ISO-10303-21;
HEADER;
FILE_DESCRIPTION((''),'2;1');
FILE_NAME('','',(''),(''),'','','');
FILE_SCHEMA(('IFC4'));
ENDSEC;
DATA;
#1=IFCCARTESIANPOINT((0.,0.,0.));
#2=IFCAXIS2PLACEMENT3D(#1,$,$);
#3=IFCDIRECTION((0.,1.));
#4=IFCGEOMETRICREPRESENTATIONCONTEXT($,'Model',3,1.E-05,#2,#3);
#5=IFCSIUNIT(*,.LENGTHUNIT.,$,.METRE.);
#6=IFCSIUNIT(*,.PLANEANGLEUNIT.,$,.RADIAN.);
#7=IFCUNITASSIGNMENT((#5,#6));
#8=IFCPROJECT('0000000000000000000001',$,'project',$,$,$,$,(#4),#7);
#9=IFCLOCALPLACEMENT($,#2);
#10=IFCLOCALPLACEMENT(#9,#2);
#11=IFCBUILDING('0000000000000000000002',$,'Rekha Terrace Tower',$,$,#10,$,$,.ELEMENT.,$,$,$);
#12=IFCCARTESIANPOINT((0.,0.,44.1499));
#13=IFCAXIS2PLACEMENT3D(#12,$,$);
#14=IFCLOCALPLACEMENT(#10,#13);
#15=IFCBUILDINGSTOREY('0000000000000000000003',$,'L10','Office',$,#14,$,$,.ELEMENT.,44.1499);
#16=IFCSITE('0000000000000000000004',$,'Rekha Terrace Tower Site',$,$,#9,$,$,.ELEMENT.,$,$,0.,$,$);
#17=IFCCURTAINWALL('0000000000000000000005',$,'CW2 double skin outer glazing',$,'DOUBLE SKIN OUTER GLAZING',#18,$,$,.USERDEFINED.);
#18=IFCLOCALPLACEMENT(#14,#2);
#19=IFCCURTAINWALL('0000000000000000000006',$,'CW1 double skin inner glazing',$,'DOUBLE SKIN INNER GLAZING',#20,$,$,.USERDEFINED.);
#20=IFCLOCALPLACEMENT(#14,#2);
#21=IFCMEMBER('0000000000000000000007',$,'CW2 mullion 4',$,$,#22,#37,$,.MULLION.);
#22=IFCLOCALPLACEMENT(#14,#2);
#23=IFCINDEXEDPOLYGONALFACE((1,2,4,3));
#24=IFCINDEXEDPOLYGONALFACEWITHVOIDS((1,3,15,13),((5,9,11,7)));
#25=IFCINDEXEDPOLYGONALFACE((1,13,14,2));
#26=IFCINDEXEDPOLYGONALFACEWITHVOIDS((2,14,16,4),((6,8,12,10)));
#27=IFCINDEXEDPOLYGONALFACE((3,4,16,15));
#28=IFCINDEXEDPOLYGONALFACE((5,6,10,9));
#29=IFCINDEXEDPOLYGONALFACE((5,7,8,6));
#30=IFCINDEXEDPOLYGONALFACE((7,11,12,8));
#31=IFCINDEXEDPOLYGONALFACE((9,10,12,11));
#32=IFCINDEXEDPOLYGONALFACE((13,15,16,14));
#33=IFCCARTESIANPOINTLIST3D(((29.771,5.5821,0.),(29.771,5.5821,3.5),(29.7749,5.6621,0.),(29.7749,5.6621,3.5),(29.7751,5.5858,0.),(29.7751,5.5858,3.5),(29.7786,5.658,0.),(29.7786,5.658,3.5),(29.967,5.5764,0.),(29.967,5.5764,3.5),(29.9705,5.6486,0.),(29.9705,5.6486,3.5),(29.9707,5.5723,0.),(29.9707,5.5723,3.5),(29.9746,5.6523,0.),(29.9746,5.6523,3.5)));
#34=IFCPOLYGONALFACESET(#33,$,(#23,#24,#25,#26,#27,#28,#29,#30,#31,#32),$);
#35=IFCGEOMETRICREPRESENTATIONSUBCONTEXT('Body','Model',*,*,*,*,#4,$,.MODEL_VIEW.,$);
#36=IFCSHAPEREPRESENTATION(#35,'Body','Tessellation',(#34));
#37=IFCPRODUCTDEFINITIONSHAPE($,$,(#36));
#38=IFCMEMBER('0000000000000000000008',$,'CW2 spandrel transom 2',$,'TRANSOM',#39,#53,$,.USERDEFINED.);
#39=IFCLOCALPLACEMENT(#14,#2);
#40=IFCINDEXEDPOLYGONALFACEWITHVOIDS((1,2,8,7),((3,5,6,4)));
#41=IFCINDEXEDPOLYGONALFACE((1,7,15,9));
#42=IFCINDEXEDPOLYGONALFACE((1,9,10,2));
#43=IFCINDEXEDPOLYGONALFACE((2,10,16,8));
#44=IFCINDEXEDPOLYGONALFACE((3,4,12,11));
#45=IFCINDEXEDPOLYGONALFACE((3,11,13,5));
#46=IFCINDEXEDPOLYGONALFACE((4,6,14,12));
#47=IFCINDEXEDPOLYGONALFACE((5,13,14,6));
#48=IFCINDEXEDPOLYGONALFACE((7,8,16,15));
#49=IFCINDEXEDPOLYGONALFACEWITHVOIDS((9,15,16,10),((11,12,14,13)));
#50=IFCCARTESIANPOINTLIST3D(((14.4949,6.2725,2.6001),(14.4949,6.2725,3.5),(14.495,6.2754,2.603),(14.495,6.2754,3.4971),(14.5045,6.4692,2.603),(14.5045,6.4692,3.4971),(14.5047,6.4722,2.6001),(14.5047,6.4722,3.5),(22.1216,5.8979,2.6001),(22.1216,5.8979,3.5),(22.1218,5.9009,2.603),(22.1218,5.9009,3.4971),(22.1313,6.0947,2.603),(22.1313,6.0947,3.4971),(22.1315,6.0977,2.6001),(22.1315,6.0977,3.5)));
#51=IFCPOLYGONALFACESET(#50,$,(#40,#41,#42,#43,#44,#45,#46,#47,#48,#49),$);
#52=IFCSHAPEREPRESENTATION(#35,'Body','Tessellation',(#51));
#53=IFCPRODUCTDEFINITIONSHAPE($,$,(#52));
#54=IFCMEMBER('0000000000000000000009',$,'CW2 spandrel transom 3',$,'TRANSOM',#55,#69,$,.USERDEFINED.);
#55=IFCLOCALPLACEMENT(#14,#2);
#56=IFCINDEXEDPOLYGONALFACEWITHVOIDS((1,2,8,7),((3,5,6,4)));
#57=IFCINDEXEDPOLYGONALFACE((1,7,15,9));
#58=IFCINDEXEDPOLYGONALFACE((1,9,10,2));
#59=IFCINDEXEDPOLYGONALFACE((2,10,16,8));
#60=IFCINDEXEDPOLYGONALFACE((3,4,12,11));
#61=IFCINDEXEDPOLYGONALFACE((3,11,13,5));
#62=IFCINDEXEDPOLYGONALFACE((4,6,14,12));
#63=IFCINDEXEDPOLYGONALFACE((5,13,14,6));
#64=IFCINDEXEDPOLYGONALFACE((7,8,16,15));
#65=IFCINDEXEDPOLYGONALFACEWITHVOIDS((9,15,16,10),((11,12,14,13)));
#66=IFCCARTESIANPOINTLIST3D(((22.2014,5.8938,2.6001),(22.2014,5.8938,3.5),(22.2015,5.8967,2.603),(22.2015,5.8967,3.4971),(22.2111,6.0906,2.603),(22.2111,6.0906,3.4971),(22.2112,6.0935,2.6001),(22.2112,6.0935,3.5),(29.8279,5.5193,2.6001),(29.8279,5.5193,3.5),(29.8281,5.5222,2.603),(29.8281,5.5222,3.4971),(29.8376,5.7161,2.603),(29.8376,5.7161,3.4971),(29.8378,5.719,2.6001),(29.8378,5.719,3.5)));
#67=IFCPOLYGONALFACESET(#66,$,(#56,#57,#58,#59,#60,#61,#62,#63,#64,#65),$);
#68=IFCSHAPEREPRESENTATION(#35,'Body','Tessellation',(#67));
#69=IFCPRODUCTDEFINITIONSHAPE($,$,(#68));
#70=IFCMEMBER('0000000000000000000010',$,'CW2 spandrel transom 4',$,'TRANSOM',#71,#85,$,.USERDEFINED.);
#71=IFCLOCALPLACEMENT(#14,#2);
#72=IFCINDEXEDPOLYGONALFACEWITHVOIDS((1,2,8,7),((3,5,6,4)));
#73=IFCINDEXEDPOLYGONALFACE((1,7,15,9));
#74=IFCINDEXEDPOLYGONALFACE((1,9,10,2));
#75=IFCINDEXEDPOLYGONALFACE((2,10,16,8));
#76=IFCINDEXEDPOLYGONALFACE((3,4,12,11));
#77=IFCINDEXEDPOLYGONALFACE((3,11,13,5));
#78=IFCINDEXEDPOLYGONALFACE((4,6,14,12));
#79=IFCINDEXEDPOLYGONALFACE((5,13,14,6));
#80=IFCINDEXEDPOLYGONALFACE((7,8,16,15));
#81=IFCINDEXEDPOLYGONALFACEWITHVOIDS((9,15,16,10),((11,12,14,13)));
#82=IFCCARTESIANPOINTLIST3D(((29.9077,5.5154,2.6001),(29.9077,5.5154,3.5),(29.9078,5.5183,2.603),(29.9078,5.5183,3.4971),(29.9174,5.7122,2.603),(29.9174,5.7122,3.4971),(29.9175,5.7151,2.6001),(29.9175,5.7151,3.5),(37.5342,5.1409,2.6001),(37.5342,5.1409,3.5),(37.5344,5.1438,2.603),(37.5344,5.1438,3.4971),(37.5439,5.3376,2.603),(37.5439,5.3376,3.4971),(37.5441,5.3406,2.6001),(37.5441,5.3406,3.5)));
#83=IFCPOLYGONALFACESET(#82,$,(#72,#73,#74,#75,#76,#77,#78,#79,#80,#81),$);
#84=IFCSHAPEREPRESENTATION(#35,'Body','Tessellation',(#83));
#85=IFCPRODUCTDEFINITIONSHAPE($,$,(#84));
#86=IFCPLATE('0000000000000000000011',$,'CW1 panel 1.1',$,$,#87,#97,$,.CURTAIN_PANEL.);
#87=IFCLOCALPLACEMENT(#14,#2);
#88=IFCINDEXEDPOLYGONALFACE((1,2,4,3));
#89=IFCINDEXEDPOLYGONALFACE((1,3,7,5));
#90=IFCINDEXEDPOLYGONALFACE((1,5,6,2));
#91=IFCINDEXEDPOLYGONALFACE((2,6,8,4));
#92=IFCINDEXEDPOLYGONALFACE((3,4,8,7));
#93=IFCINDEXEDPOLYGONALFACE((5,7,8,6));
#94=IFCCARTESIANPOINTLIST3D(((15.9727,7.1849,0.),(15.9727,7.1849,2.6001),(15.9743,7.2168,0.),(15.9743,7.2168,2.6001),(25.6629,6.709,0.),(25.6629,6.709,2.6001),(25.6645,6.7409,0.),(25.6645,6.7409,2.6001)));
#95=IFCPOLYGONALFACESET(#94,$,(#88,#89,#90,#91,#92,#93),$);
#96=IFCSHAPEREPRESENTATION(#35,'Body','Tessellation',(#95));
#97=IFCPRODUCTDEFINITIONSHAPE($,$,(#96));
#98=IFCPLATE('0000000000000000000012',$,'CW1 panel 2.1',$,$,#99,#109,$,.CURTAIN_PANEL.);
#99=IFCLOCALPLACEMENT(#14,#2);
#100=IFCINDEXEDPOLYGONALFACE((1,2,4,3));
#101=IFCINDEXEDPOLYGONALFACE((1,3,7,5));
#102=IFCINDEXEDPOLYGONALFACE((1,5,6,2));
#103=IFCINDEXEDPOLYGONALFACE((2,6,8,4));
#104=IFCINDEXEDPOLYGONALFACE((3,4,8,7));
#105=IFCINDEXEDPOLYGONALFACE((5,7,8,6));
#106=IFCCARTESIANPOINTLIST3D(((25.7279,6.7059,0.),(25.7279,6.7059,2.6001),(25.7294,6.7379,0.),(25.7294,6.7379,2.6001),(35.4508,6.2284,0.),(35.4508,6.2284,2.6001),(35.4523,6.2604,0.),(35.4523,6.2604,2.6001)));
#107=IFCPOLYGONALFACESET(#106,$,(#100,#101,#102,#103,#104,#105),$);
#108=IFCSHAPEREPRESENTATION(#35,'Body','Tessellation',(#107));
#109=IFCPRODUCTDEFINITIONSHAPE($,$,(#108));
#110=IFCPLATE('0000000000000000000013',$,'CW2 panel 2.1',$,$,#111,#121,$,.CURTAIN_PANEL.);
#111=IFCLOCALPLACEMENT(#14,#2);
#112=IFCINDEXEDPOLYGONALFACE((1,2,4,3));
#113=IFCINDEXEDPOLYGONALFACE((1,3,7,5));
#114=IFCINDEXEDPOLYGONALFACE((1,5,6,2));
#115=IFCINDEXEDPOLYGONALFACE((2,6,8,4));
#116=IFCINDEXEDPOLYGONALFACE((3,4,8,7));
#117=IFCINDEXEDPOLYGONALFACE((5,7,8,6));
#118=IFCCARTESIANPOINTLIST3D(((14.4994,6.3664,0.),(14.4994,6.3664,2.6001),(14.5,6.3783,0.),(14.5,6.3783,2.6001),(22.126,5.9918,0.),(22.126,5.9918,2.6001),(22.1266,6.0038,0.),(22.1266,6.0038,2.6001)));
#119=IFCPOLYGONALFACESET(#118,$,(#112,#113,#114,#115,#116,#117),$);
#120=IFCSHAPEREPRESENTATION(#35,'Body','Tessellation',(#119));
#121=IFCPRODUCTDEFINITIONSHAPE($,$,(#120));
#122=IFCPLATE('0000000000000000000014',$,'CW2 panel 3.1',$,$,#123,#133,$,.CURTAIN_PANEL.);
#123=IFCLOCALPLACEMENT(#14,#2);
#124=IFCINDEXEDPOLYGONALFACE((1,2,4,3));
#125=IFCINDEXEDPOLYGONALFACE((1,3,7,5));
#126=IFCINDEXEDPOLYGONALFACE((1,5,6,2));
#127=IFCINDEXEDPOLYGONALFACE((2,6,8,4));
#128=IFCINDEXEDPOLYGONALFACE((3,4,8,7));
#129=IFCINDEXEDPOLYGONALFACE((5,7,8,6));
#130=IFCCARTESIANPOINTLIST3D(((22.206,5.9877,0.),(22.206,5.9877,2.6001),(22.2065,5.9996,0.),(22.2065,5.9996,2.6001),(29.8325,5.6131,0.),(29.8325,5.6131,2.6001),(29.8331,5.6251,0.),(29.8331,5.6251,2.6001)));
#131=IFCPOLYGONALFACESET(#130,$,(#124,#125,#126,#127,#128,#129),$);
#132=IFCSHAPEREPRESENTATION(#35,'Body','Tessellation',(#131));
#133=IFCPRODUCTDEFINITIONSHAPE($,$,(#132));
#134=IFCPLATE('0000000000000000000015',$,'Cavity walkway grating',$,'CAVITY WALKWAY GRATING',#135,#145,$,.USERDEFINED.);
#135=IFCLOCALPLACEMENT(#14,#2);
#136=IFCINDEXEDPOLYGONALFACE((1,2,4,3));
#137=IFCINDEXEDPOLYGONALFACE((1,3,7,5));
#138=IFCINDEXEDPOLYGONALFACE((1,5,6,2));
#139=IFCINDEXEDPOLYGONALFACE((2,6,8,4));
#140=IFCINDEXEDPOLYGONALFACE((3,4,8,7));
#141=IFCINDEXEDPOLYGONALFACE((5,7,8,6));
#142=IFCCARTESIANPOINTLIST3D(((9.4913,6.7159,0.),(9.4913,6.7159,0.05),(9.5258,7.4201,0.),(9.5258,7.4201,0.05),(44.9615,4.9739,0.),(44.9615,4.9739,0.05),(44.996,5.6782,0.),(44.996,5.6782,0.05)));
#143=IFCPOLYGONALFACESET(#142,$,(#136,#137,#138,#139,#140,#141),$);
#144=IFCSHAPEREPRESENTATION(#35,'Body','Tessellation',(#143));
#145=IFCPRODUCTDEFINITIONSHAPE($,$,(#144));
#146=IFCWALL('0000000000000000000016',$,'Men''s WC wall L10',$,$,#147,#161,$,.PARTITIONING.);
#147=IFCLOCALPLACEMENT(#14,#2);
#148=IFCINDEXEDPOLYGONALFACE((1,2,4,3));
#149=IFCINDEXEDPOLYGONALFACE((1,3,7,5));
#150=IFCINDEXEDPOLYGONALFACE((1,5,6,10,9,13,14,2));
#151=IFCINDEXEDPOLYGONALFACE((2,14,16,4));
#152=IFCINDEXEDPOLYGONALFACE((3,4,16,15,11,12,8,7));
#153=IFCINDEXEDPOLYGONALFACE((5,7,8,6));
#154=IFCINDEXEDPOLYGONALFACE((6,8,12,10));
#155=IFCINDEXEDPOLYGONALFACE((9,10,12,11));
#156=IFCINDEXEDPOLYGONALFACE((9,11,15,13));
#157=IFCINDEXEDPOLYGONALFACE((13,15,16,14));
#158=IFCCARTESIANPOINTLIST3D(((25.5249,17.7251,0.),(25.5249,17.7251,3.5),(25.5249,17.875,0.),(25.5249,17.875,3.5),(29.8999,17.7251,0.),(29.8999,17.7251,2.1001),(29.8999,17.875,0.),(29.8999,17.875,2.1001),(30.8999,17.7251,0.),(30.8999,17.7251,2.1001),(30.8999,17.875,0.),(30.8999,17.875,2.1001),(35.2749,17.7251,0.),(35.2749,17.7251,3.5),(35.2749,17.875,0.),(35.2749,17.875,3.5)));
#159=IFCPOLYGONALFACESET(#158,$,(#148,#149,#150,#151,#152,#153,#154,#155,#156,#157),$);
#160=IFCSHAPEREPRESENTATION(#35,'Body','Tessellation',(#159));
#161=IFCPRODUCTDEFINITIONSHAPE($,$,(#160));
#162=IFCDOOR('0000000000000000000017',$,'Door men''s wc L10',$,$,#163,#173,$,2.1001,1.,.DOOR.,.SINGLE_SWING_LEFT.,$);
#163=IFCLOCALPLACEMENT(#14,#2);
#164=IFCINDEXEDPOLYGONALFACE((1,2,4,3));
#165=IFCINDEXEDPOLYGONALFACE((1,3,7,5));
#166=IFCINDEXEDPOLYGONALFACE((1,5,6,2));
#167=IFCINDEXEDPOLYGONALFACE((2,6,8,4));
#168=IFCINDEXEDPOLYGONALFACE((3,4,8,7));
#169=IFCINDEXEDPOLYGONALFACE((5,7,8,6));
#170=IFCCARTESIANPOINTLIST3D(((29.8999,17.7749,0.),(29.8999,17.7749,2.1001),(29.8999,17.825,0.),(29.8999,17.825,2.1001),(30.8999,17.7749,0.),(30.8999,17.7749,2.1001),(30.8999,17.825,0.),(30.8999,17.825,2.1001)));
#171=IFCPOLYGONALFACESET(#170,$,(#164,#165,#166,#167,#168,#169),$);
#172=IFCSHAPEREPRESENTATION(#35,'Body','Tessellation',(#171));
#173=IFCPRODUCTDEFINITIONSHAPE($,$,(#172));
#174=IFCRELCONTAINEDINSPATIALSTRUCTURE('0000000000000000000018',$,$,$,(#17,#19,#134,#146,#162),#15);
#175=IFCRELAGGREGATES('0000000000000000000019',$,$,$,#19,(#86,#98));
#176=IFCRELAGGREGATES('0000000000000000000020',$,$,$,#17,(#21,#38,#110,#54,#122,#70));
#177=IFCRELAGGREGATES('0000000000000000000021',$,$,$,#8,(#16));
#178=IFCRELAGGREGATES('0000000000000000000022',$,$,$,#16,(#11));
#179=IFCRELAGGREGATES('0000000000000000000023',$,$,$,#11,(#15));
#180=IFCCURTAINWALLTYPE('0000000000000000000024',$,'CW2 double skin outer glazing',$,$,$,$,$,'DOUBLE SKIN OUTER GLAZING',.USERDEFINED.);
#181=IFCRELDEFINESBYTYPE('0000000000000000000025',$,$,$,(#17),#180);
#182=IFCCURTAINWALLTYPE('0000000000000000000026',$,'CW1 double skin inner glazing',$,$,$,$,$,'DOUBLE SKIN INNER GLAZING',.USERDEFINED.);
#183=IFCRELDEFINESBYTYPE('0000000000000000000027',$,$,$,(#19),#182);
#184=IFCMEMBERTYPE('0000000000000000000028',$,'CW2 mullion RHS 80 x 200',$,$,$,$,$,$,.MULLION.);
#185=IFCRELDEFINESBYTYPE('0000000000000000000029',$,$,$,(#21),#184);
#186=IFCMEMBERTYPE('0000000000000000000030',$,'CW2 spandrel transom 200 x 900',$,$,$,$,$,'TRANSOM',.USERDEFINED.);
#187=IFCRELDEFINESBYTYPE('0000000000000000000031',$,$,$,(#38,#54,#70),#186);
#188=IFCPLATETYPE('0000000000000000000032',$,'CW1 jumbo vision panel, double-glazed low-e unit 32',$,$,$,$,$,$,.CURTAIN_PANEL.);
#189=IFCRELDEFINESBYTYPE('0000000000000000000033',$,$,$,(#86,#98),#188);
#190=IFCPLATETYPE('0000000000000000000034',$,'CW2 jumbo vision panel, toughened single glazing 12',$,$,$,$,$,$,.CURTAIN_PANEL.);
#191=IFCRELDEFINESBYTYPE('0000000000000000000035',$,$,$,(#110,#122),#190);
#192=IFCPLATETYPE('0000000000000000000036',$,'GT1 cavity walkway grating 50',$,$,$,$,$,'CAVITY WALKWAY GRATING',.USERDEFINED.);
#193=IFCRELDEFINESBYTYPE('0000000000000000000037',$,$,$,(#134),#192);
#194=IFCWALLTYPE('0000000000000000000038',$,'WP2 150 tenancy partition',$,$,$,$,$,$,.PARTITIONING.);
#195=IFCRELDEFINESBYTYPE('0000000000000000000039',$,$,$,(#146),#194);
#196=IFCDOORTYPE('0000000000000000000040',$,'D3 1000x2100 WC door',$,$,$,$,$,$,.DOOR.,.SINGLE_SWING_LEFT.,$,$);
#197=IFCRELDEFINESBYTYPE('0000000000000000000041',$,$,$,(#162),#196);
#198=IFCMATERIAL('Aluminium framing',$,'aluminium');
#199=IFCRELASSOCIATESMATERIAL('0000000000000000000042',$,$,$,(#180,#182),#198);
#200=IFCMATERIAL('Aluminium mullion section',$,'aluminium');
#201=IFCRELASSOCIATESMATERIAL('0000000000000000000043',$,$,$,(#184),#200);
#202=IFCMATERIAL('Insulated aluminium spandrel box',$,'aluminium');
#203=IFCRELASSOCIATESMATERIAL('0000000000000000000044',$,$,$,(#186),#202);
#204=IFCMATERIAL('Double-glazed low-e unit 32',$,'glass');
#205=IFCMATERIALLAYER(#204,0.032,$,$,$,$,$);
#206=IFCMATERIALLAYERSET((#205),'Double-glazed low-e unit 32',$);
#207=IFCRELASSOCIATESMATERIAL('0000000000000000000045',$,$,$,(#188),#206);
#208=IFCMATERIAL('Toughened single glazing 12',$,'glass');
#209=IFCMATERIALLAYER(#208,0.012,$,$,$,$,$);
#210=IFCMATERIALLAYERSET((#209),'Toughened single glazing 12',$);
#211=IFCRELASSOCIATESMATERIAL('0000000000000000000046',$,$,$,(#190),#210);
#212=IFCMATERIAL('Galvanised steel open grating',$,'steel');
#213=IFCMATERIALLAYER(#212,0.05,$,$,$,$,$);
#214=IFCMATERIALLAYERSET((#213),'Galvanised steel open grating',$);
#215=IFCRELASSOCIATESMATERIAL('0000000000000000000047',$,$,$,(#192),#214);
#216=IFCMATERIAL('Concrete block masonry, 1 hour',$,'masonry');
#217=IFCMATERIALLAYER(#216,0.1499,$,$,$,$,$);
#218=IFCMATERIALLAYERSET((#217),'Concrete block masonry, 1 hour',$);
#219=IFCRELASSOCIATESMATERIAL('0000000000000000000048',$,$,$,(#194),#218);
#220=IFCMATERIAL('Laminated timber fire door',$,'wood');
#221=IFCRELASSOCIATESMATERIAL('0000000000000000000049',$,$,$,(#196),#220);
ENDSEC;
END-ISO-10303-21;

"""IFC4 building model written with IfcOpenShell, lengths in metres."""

from ifc_helpers import new_model, si_unit, direction, frame, frame_2d, origin, origin_2d, place, context, subcontext, project, spatial, rectangle, hollow_rectangle, extrude, material, layer, layer_set, material_profile, profile_set, type_object, element, fill, aggregate, save


model = new_model("IFC4")

# Units and contexts
model_context = context("Model", 3, precision=1e-05, world=origin(), true_north=direction((0.0, 1.0)))
body_context = subcontext(model_context, "Body", "Model", "MODEL_VIEW")
ifc_project = project(units=[si_unit("LENGTHUNIT", "METRE"), si_unit("PLANEANGLEUNIT", "RADIAN")], contexts=[model_context])

# Site, building, storey
site_placement = place(None, origin())
site = spatial("IfcSite", under=ifc_project, at=site_placement, Name="Rekha Terrace Tower Site", CompositionType="ELEMENT", RefElevation=0.0)
building_placement = place(site_placement, origin())
building = spatial("IfcBuilding", under=site, at=building_placement, Name="Rekha Terrace Tower", CompositionType="ELEMENT")
storey_placement = place(building_placement, frame((0.0, 0.0, 44.1499)))
storey = spatial("IfcBuildingStorey", under=building, at=storey_placement, Name="L10", Description="Office", CompositionType="ELEMENT", Elevation=44.1499)

# Curtain wall
ifc_material_1 = material(Name="Aluminium framing", Category="aluminium")
curtain_wall_type_1 = type_object("IfcCurtainWallType", Name="CW2 double skin outer glazing", ElementType="DOUBLE SKIN OUTER GLAZING", PredefinedType="USERDEFINED", material=ifc_material_1)
curtain_wall_1_placement = place(storey_placement, origin())
curtain_wall_1 = element("IfcCurtainWall", 1, at=curtain_wall_1_placement, inside=storey, type_object=curtain_wall_type_1, Name="CW2 double skin outer glazing", ObjectType="DOUBLE SKIN OUTER GLAZING", PredefinedType="USERDEFINED")

# Shared definitions
curtain_wall_type_2 = type_object("IfcCurtainWallType", Name="CW1 double skin inner glazing", ElementType="DOUBLE SKIN INNER GLAZING", PredefinedType="USERDEFINED", material=ifc_material_1)
ifc_material_2 = material(Name="Aluminium mullion section", Category="aluminium")

# Curtain wall
curtain_wall_2_placement = place(storey_placement, origin())
curtain_wall_2 = element("IfcCurtainWall", 2, at=curtain_wall_2_placement, inside=storey, type_object=curtain_wall_type_2, Name="CW1 double skin inner glazing", ObjectType="DOUBLE SKIN INNER GLAZING", PredefinedType="USERDEFINED")
ifc_material_3 = material(Name="Insulated aluminium spandrel box", Category="aluminium")

# Members
ifc_material_profile_1 = material_profile(ifc_material_2, hollow_rectangle(XDim=0.0801, YDim=0.2, WallThickness=0.0039, at=origin_2d()), Name="AL RHS 80x200")
ifc_profile_set_1 = profile_set([ifc_material_profile_1], Name="Aluminium mullion section")
member_type_1 = type_object("IfcMemberType", Name="CW2 mullion RHS 80 x 200", PredefinedType="MULLION", material=ifc_profile_set_1)
member_1_placement = place(storey_placement, frame((29.8728, 5.6172, 0.0), z_axis=(0.0, 0.0, 1.0), x_axis=(0.049052, 0.998796, 0.0)))
member_1 = element("IfcMember", 3, at=member_1_placement, type_object=member_type_1, Name="CW2 mullion 4", PredefinedType="MULLION", context=body_context, shape_type="SweptSolid", body=[
    extrude(hollow_rectangle(XDim=0.0801, YDim=0.2, WallThickness=0.0039, at=origin_2d()), origin(), (0.0, 0.0, 1.0), 3.5),
])
ifc_material_profile_2 = material_profile(ifc_material_3, hollow_rectangle(XDim=0.2, YDim=0.8999, WallThickness=0.0029, at=origin_2d()), Name="AL SPANDREL BOX 200x900")
ifc_profile_set_2 = profile_set([ifc_material_profile_2], Name="Insulated aluminium spandrel box")
member_type_2 = type_object("IfcMemberType", Name="CW2 spandrel transom 200 x 900", ElementType="TRANSOM", PredefinedType="USERDEFINED", material=ifc_profile_set_2)
member_2_placement = place(storey_placement, frame((14.4998, 6.3723, 3.05), z_axis=(0.998797, -0.049046, 0.0), x_axis=(0.049046, 0.998797, 0.0)))
member_2 = element("IfcMember", 4, at=member_2_placement, type_object=member_type_2, Name="CW2 spandrel transom 2", ObjectType="TRANSOM", PredefinedType="USERDEFINED", context=body_context, shape_type="SweptSolid", body=[
    extrude(hollow_rectangle(XDim=0.2, YDim=0.8999, WallThickness=0.0029, at=origin_2d()), origin(), (0.0, 0.0, 1.0), 7.636),
])
member_3_placement = place(storey_placement, frame((22.2063, 5.9937, 3.05), z_axis=(0.998796, -0.049048, 0.0), x_axis=(0.049048, 0.998796, 0.0)))
member_3 = element("IfcMember", 5, at=member_3_placement, type_object=member_type_2, Name="CW2 spandrel transom 3", ObjectType="TRANSOM", PredefinedType="USERDEFINED", context=body_context, shape_type="SweptSolid", body=[
    extrude(hollow_rectangle(XDim=0.2, YDim=0.8999, WallThickness=0.0029, at=origin_2d()), origin(), (0.0, 0.0, 1.0), 7.6357),
])
member_4_placement = place(storey_placement, frame((29.9126, 5.6152, 3.05), z_axis=(0.998796, -0.049048, 0.0), x_axis=(0.049048, 0.998796, 0.0)))
member_4 = element("IfcMember", 6, at=member_4_placement, type_object=member_type_2, Name="CW2 spandrel transom 4", ObjectType="TRANSOM", PredefinedType="USERDEFINED", context=body_context, shape_type="SweptSolid", body=[
    extrude(hollow_rectangle(XDim=0.2, YDim=0.8999, WallThickness=0.0029, at=origin_2d()), origin(), (0.0, 0.0, 1.0), 7.6357),
])

# Plates
ifc_material_4 = material(Name="Double-glazed low-e unit 32", Category="glass")
ifc_layer_1 = layer(ifc_material_4, 0.032)
ifc_layer_set_1 = layer_set([ifc_layer_1], Name="Double-glazed low-e unit 32")
plate_type_1 = type_object("IfcPlateType", Name="CW1 jumbo vision panel, double-glazed low-e unit 32", PredefinedType="CURTAIN_PANEL", material=ifc_layer_set_1)
plate_1_placement = place(storey_placement, frame((20.8186, 6.9629, 0.0), z_axis=(0.0, 0.0, 1.0), x_axis=(0.998796, -0.049052, 0.0)))
plate_1 = element("IfcPlate", 7, at=plate_1_placement, type_object=plate_type_1, Name="CW1 panel 1.1", PredefinedType="CURTAIN_PANEL", context=body_context, shape_type="SweptSolid", body=[
    extrude(rectangle(XDim=9.7019, YDim=0.032, at=origin_2d()), origin(), (0.0, 0.0, 1.0), 2.6001),
])
plate_2_placement = place(storey_placement, frame((30.5901, 6.4832, 0.0), z_axis=(0.0, 0.0, 1.0), x_axis=(0.998796, -0.049052, 0.0)))
plate_2 = element("IfcPlate", 8, at=plate_2_placement, type_object=plate_type_1, Name="CW1 panel 2.1", PredefinedType="CURTAIN_PANEL", context=body_context, shape_type="SweptSolid", body=[
    extrude(rectangle(XDim=9.7346, YDim=0.032, at=origin_2d()), origin(), (0.0, 0.0, 1.0), 2.6001),
])
aggregate(curtain_wall_2, [plate_1, plate_2])
ifc_material_5 = material(Name="Toughened single glazing 12", Category="glass")
ifc_layer_2 = layer(ifc_material_5, 0.012)
ifc_layer_set_2 = layer_set([ifc_layer_2], Name="Toughened single glazing 12")
plate_type_2 = type_object("IfcPlateType", Name="CW2 jumbo vision panel, toughened single glazing 12", PredefinedType="CURTAIN_PANEL", material=ifc_layer_set_2)
plate_3_placement = place(storey_placement, frame((18.313, 6.1851, 0.0), z_axis=(0.0, 0.0, 1.0), x_axis=(0.998796, -0.049052, 0.0)))
plate_3 = element("IfcPlate", 9, at=plate_3_placement, type_object=plate_type_2, Name="CW2 panel 2.1", PredefinedType="CURTAIN_PANEL", context=body_context, shape_type="SweptSolid", body=[
    extrude(rectangle(XDim=7.6357, YDim=0.012, at=origin_2d()), origin(), (0.0, 0.0, 1.0), 2.6001),
])
plate_4_placement = place(storey_placement, frame((26.0195, 5.8064, 0.0), z_axis=(0.0, 0.0, 1.0), x_axis=(0.998796, -0.049052, 0.0)))
plate_4 = element("IfcPlate", 10, at=plate_4_placement, type_object=plate_type_2, Name="CW2 panel 3.1", PredefinedType="CURTAIN_PANEL", context=body_context, shape_type="SweptSolid", body=[
    extrude(rectangle(XDim=7.6357, YDim=0.012, at=origin_2d()), origin(), (0.0, 0.0, 1.0), 2.6001),
])
aggregate(curtain_wall_1, [member_1, member_2, plate_3, member_3, plate_4, member_4])
ifc_material_6 = material(Name="Galvanised steel open grating", Category="steel")
ifc_layer_3 = layer(ifc_material_6, 0.05)
ifc_layer_set_3 = layer_set([ifc_layer_3], Name="Galvanised steel open grating")
plate_type_3 = type_object("IfcPlateType", Name="GT1 cavity walkway grating 50", ElementType="CAVITY WALKWAY GRATING", PredefinedType="USERDEFINED", material=ifc_layer_set_3)
plate_5_placement = place(storey_placement, frame((27.2437, 6.197, 0.0), z_axis=(0.0, 0.0, 1.0), x_axis=(0.998796, -0.049052, 0.0)))
element("IfcPlate", 11, at=plate_5_placement, inside=storey, type_object=plate_type_3, Name="Cavity walkway grating", ObjectType="CAVITY WALKWAY GRATING", PredefinedType="USERDEFINED", context=body_context, shape_type="SweptSolid", body=[
    extrude(rectangle(XDim=35.5129, YDim=0.7051, at=origin_2d()), origin(), (0.0, 0.0, 1.0), 0.05),
])

# Wall, opening, door
ifc_material_7 = material(Name="Concrete block masonry, 1 hour", Category="masonry")
ifc_layer_4 = layer(ifc_material_7, 0.1499)
ifc_layer_set_4 = layer_set([ifc_layer_4], Name="Concrete block masonry, 1 hour")
wall_type_1 = type_object("IfcWallType", Name="WP2 150 tenancy partition", PredefinedType="PARTITIONING", material=ifc_layer_set_4)
wall_1_placement = place(storey_placement, frame((25.5249, 17.8, 0.0), z_axis=(0.0, 0.0, 1.0), x_axis=(1.0, 0.0, 0.0)))
wall_1 = element("IfcWall", 12, at=wall_1_placement, inside=storey, type_object=wall_type_1, Name="Men's WC wall L10", PredefinedType="PARTITIONING", context=body_context, shape_type="SweptSolid", body=[
    extrude(rectangle(XDim=9.75, YDim=0.1499, at=frame_2d((4.875, 0.0))), origin(), (0.0, 0.0, 1.0), 3.5),
])
opening_1_placement = place(wall_1_placement, frame((4.375, 0.0, 0.0)))
opening_1 = element("IfcOpeningElement", 13, at=opening_1_placement, cuts=wall_1, PredefinedType="OPENING", context=body_context, shape_type="SweptSolid", body=[
    extrude(rectangle(XDim=1.0, YDim=2.1001, at=frame_2d((0.5, 1.05))), frame((0.0, 0.085, 0.0), z_axis=(0.0, -1.0, 0.0), x_axis=(1.0, 0.0, 0.0)), (0.0, 0.0, 1.0), 0.1699),
])
ifc_material_8 = material(Name="Laminated timber fire door", Category="wood")
door_type_1 = type_object("IfcDoorType", Name="D3 1000x2100 WC door", OperationType="SINGLE_SWING_LEFT", PredefinedType="DOOR", material=ifc_material_8)
door_1_placement = place(opening_1_placement, origin())
door_1 = element("IfcDoor", 14, at=door_1_placement, inside=storey, type_object=door_type_1, Name="Door men's wc L10", OperationType="SINGLE_SWING_LEFT", OverallHeight=2.1001, OverallWidth=1.0, PredefinedType="DOOR", context=body_context, shape_type="SweptSolid", body=[
    extrude(rectangle(XDim=1.0, YDim=2.1001, at=frame_2d((0.5, 1.05))), frame((0.0, 0.0249, 0.0), z_axis=(0.0, -1.0, 0.0), x_axis=(1.0, 0.0, 0.0)), (0.0, 0.0, 1.0), 0.05),
])
fill(opening_1, door_1)

save(model, "model.ifc")
